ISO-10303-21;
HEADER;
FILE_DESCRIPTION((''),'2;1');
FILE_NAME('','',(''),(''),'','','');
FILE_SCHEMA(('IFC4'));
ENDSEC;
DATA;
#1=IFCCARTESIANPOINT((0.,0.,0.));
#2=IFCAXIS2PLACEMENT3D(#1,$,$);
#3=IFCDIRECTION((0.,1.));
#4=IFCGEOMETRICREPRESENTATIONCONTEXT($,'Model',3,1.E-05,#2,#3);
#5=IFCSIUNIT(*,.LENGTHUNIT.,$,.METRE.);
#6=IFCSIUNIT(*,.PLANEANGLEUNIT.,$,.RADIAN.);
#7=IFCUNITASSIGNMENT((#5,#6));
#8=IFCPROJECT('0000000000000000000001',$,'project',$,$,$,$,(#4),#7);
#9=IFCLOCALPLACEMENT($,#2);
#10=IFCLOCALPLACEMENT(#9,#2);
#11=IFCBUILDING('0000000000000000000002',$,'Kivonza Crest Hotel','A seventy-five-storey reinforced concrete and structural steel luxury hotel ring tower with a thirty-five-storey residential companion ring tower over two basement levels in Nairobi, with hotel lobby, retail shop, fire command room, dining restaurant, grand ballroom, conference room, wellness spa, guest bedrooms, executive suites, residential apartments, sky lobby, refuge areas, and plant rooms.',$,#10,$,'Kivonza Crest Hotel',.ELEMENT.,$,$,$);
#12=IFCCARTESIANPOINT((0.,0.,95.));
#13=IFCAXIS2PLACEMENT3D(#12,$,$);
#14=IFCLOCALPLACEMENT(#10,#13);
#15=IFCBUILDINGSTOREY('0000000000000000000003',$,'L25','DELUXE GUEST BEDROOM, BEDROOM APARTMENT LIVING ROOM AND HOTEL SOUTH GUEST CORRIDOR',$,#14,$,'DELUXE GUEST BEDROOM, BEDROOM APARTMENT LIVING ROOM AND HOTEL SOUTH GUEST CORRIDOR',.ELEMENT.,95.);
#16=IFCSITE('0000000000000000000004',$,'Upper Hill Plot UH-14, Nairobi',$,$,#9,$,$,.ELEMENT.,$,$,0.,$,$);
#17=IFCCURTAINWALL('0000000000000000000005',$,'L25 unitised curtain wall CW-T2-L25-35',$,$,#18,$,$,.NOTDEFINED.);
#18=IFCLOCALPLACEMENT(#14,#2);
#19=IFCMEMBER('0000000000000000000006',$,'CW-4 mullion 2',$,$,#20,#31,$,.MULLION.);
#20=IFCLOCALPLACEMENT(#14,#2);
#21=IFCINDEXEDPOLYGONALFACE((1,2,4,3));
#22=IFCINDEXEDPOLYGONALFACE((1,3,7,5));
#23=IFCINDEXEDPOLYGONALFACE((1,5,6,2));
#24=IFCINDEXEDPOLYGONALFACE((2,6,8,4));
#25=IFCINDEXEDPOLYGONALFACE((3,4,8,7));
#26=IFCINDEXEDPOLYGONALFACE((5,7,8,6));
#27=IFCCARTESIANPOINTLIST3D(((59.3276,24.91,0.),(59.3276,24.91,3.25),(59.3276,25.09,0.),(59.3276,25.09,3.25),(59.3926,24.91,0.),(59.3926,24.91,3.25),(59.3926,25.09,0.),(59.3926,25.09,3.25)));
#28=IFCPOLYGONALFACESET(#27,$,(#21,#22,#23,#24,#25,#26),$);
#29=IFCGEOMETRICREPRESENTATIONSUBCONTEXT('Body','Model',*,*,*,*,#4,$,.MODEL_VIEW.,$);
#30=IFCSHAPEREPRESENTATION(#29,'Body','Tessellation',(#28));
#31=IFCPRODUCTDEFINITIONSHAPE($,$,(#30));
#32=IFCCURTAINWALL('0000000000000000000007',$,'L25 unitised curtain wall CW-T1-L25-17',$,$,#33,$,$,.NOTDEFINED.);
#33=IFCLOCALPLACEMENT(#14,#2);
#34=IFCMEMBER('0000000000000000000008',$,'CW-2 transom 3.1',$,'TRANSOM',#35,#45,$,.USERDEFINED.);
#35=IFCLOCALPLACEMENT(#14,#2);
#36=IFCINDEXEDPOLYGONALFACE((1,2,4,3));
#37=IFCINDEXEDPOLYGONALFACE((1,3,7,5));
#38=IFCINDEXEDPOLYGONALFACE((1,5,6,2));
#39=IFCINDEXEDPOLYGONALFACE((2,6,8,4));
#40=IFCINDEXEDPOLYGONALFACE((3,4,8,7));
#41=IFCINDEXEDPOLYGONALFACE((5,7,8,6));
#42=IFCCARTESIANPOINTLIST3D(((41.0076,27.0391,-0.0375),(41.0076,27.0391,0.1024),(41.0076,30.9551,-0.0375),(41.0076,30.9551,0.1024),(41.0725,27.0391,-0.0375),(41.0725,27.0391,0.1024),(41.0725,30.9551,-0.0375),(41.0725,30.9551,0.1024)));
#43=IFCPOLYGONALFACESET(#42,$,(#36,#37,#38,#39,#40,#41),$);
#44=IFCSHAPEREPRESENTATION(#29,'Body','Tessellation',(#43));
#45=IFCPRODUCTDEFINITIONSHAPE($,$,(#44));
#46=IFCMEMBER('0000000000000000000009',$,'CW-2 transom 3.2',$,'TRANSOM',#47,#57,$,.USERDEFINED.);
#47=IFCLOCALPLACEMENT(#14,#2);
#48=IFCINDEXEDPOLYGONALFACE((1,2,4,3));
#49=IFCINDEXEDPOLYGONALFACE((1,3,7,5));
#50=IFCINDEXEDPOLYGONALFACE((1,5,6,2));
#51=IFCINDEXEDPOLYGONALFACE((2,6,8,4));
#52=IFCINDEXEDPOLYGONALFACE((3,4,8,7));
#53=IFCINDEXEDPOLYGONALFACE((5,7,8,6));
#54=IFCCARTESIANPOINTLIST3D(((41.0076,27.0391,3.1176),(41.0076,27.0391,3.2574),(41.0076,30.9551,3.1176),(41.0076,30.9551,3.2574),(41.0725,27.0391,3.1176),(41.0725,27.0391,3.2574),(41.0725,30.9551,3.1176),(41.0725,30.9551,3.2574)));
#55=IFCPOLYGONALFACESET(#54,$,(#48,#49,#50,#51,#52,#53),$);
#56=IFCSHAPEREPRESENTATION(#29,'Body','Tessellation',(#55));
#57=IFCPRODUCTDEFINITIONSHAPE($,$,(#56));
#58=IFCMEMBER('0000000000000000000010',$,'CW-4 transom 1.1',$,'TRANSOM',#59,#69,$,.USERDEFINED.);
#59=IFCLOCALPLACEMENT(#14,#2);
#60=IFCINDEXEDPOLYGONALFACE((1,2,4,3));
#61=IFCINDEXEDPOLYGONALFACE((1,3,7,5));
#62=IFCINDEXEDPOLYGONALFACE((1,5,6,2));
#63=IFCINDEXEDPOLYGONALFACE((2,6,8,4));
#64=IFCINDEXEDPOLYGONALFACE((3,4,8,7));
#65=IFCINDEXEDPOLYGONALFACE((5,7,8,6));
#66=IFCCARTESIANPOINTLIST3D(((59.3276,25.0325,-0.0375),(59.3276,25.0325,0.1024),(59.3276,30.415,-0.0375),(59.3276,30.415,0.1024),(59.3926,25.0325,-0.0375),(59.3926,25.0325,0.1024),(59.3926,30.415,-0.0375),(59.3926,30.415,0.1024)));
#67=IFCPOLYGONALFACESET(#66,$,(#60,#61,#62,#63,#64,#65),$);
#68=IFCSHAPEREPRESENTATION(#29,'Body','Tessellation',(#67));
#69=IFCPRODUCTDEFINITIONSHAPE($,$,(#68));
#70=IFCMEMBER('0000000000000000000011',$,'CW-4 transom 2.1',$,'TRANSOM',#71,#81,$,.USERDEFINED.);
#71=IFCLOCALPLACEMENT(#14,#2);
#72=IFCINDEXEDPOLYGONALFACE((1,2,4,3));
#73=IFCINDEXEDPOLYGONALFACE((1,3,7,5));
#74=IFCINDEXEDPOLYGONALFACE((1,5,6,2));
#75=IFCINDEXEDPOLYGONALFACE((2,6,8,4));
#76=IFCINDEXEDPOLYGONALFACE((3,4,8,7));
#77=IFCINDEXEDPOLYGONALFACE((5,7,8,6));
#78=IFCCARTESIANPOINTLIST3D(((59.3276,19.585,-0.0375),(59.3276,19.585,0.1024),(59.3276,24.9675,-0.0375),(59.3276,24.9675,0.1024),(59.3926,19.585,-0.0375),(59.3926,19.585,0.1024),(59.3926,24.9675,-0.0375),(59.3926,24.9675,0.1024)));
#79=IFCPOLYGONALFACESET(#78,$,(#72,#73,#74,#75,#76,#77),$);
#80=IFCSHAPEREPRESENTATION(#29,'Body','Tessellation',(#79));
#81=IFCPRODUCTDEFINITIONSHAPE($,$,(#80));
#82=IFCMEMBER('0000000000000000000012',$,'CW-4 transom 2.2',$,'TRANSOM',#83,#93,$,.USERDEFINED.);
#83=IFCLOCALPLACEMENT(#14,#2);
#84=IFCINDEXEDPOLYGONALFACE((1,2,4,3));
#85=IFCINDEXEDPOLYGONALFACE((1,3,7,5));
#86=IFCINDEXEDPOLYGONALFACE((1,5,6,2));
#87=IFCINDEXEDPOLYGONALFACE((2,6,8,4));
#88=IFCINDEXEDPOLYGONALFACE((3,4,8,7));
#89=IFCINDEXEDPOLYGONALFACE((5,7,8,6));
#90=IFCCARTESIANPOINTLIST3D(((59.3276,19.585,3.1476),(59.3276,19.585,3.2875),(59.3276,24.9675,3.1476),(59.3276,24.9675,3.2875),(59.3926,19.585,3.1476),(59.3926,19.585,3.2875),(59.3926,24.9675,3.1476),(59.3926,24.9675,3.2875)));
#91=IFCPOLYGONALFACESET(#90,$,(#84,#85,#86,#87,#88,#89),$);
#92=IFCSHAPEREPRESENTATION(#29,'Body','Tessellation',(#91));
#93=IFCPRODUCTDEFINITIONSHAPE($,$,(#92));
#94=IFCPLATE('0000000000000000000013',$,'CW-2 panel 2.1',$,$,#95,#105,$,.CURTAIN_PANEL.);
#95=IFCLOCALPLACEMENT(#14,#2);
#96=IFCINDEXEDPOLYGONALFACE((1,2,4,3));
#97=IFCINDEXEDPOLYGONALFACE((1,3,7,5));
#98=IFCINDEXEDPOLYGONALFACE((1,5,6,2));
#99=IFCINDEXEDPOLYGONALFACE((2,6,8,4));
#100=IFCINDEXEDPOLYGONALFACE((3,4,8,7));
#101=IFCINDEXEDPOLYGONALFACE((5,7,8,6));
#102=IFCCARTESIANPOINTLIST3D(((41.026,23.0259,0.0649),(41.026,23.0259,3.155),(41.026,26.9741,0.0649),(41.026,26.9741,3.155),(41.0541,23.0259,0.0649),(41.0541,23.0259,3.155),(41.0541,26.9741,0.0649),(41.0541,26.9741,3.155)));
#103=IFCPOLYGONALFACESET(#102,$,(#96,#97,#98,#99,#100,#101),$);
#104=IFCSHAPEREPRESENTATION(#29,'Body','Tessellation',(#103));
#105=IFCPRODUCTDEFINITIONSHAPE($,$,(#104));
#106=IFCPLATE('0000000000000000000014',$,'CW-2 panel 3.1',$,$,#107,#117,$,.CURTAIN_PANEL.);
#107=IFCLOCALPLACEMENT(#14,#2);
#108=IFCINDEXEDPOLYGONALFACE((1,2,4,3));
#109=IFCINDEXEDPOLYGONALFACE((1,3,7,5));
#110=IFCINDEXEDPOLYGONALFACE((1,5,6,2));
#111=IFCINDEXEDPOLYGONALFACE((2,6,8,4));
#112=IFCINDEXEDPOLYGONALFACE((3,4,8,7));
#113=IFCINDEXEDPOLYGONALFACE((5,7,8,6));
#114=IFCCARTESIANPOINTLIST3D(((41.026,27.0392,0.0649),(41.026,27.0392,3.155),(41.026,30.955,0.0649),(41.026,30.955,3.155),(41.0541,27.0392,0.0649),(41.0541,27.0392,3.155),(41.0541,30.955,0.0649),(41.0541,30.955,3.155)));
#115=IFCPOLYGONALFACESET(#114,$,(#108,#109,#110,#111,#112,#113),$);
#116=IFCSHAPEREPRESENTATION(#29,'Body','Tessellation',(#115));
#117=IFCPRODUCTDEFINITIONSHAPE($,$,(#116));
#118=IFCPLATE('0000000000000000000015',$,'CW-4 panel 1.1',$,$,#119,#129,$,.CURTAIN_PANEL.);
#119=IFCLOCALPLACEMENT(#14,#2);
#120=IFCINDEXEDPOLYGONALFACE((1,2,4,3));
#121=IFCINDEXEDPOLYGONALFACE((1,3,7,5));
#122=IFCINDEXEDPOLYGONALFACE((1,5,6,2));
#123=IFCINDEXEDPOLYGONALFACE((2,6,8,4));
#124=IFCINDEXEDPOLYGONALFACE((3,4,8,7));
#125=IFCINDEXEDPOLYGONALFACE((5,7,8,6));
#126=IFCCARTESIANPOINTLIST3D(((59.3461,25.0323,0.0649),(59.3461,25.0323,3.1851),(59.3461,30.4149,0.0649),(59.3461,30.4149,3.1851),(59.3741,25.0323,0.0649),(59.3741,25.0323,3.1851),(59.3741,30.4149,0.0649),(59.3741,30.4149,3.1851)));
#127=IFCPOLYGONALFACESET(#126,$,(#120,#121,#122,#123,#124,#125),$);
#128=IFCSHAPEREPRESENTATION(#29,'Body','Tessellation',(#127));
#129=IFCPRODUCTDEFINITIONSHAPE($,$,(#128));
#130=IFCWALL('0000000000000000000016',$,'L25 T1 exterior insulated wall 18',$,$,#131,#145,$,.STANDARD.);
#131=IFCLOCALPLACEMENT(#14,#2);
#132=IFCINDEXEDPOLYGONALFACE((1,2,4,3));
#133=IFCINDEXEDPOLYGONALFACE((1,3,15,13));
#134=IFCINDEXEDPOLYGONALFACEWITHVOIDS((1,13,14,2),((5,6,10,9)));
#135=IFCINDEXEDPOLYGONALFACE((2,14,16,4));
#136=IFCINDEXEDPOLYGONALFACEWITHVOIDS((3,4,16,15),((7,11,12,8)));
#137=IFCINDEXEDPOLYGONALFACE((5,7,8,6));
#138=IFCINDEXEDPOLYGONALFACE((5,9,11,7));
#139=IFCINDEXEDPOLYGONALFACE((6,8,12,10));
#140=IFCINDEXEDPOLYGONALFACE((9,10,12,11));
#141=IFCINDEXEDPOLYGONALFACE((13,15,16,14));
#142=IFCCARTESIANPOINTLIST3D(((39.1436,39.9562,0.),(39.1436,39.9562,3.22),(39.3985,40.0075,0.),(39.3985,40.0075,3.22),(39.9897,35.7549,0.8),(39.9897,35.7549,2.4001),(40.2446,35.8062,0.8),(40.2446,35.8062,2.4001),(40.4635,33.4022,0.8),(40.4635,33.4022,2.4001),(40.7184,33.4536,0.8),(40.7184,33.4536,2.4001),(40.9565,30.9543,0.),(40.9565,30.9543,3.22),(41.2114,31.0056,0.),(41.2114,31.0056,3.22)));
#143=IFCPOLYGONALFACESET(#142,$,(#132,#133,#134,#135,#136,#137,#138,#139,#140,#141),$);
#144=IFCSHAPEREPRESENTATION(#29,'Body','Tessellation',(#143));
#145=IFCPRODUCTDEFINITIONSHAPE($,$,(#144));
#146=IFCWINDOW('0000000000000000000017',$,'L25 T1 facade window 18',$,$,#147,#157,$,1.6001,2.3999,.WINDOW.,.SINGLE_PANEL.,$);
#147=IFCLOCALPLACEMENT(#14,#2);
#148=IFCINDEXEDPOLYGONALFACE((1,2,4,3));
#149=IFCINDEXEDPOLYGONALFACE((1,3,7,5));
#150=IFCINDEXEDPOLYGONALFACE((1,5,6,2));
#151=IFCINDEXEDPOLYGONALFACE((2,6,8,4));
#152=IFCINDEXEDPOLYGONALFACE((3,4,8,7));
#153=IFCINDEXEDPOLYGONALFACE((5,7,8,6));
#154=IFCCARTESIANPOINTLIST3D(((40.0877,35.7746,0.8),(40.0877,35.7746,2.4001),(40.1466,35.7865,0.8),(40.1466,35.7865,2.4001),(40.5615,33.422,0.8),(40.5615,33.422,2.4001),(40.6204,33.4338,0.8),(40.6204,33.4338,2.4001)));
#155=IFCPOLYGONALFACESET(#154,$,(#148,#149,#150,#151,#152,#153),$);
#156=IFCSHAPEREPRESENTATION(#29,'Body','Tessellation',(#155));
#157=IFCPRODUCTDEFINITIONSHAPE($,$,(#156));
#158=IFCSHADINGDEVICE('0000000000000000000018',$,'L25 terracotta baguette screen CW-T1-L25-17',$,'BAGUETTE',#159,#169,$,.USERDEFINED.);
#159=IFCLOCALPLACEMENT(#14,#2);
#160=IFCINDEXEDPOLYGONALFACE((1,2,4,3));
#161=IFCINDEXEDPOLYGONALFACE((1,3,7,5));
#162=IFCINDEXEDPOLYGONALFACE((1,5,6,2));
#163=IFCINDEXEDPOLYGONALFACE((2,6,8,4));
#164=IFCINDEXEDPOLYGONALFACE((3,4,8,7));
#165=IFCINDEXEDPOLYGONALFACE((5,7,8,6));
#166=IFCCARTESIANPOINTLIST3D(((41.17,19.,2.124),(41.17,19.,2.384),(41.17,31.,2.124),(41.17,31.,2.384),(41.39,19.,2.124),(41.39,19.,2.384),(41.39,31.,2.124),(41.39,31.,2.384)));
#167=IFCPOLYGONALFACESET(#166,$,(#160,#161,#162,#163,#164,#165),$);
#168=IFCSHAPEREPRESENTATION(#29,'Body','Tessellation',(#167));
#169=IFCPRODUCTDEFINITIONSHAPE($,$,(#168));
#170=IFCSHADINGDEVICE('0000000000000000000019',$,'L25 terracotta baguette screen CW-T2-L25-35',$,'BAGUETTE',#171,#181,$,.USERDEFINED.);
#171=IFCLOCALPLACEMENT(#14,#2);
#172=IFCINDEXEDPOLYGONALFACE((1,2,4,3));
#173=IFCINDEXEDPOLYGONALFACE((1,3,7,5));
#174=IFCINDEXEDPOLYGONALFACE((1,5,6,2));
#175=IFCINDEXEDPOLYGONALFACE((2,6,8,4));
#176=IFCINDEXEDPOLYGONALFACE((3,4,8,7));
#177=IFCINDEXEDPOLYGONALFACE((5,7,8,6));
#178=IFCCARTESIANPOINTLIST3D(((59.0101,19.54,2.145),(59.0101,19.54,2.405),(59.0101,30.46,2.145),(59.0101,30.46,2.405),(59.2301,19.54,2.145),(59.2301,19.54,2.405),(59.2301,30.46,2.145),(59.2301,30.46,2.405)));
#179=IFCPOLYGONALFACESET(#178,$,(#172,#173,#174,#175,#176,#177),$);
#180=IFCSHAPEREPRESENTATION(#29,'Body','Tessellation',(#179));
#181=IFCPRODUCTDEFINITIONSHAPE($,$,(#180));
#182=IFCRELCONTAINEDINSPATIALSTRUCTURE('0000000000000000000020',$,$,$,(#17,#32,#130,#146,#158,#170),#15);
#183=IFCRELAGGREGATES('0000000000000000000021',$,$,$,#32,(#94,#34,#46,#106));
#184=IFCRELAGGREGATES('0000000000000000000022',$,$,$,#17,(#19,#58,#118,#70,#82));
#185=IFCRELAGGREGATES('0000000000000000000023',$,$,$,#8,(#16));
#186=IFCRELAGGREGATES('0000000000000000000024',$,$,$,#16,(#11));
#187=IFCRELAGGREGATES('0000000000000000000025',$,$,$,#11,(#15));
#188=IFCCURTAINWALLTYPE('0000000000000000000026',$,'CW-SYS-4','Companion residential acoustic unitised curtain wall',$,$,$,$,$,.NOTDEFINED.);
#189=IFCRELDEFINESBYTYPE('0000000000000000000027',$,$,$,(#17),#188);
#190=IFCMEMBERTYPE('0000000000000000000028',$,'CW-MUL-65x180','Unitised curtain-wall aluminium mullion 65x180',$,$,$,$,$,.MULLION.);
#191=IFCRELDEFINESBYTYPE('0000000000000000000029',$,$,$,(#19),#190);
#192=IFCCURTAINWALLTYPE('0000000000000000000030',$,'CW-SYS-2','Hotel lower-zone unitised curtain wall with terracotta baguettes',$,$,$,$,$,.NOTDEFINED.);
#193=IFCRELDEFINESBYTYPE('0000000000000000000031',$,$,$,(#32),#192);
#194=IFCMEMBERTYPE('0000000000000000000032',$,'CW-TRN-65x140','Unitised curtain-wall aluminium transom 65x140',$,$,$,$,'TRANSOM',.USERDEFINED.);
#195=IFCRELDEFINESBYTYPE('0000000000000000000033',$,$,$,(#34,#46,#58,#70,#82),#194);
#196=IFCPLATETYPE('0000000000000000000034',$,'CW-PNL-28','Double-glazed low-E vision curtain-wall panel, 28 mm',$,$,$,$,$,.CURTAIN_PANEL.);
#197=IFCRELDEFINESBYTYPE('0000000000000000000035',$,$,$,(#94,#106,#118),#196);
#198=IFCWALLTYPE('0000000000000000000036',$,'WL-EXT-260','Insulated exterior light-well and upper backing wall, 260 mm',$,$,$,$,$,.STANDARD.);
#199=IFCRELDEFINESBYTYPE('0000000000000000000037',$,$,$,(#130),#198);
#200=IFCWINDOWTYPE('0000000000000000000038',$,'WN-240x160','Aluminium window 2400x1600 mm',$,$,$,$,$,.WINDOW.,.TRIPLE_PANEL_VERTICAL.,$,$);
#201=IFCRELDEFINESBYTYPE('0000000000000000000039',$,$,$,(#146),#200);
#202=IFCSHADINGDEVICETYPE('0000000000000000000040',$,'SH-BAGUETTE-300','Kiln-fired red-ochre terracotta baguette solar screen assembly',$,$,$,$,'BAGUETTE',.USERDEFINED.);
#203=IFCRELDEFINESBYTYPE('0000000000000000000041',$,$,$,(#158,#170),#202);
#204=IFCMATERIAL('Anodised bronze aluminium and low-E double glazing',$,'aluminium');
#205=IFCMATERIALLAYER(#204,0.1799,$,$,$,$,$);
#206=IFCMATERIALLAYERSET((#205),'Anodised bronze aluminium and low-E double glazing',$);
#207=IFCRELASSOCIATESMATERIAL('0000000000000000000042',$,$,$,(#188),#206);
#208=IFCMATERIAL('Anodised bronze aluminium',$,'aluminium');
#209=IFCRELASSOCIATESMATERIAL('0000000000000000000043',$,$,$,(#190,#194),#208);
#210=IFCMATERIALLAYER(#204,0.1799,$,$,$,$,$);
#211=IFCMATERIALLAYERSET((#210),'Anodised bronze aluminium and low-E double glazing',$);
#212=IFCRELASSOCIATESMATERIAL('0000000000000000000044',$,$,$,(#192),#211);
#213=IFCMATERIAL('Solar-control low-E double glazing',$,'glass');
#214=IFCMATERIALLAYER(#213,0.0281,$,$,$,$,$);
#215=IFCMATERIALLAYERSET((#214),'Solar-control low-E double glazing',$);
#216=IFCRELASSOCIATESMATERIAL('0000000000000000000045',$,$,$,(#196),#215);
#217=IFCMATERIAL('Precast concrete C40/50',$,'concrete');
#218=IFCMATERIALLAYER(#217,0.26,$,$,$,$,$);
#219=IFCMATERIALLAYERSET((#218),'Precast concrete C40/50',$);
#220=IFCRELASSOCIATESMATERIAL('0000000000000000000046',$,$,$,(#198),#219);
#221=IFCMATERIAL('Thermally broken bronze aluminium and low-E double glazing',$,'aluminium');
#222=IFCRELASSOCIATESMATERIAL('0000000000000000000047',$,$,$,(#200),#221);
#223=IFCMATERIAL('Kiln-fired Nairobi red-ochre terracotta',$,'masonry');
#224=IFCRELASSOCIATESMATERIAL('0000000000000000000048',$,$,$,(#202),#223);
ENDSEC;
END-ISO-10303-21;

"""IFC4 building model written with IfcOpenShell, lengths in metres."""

from ifc_helpers import new_model, si_unit, direction, frame, frame_2d, origin, origin_2d, place, context, subcontext, project, spatial, rectangle, extrude, material, layer, layer_set, material_profile, profile_set, type_object, element, fill, aggregate, save


model = new_model("IFC4")

# Units and contexts
model_context = context("Model", 3, precision=1e-05, world=origin(), true_north=direction((0.0, 1.0)))
body_context = subcontext(model_context, "Body", "Model", "MODEL_VIEW")
ifc_project = project(units=[si_unit("LENGTHUNIT", "METRE"), si_unit("PLANEANGLEUNIT", "RADIAN")], contexts=[model_context])

# Site, building, storey
site_placement = place(None, origin())
site = spatial("IfcSite", under=ifc_project, at=site_placement, Name="Upper Hill Plot UH-14, Nairobi", CompositionType="ELEMENT", RefElevation=0.0)
building_placement = place(site_placement, origin())
building = spatial("IfcBuilding", under=site, at=building_placement, Name="Kivonza Crest Hotel", Description="A seventy-five-storey reinforced concrete and structural steel luxury hotel ring tower with a thirty-five-storey residential companion ring tower over two basement levels in Nairobi, with hotel lobby, retail shop, fire command room, dining restaurant, grand ballroom, conference room, wellness spa, guest bedrooms, executive suites, residential apartments, sky lobby, refuge areas, and plant rooms.", LongName="Kivonza Crest Hotel", CompositionType="ELEMENT")
storey_placement = place(building_placement, frame((0.0, 0.0, 95.0)))
storey = spatial("IfcBuildingStorey", under=building, at=storey_placement, Name="L25", Description="DELUXE GUEST BEDROOM, BEDROOM APARTMENT LIVING ROOM AND HOTEL SOUTH GUEST CORRIDOR", LongName="DELUXE GUEST BEDROOM, BEDROOM APARTMENT LIVING ROOM AND HOTEL SOUTH GUEST CORRIDOR", CompositionType="ELEMENT", Elevation=95.0)

# Curtain wall, member
ifc_material_1 = material(Name="Anodised bronze aluminium and low-E double glazing", Category="aluminium")
ifc_layer_1 = layer(ifc_material_1, 0.1799)
ifc_layer_set_1 = layer_set([ifc_layer_1], Name="Anodised bronze aluminium and low-E double glazing")
curtain_wall_type_1 = type_object("IfcCurtainWallType", Name="CW-SYS-4", Description="Companion residential acoustic unitised curtain wall", PredefinedType="NOTDEFINED", material=ifc_layer_set_1)
curtain_wall_1_placement = place(storey_placement, origin())
curtain_wall_1 = element("IfcCurtainWall", 1, at=curtain_wall_1_placement, inside=storey, type_object=curtain_wall_type_1, Name="L25 unitised curtain wall CW-T2-L25-35", PredefinedType="NOTDEFINED")
ifc_material_2 = material(Name="Anodised bronze aluminium", Category="aluminium")
ifc_material_profile_1 = material_profile(ifc_material_2, rectangle(XDim=0.0649, YDim=0.1799, at=origin_2d()), Name="CW-M 65x180")
ifc_profile_set_1 = profile_set([ifc_material_profile_1], Name="Anodised bronze aluminium")
member_type_1 = type_object("IfcMemberType", Name="CW-MUL-65x180", Description="Unitised curtain-wall aluminium mullion 65x180", PredefinedType="MULLION", material=ifc_profile_set_1)
member_1_placement = place(storey_placement, frame((59.3601, 25.0, 0.0), z_axis=(0.0, 0.0, 1.0), x_axis=(1.0, 0.0, 0.0)))
member_1 = element("IfcMember", 2, at=member_1_placement, type_object=member_type_1, Name="CW-4 mullion 2", PredefinedType="MULLION", context=body_context, shape_type="SweptSolid", body=[
    extrude(rectangle(XDim=0.0649, YDim=0.1799, at=origin_2d()), origin(), (0.0, 0.0, 1.0), 3.25),
])

# Curtain wall, members
ifc_layer_2 = layer(ifc_material_1, 0.1799)
ifc_layer_set_2 = layer_set([ifc_layer_2], Name="Anodised bronze aluminium and low-E double glazing")
curtain_wall_type_2 = type_object("IfcCurtainWallType", Name="CW-SYS-2", Description="Hotel lower-zone unitised curtain wall with terracotta baguettes", PredefinedType="NOTDEFINED", material=ifc_layer_set_2)
curtain_wall_2_placement = place(storey_placement, origin())
curtain_wall_2 = element("IfcCurtainWall", 3, at=curtain_wall_2_placement, inside=storey, type_object=curtain_wall_type_2, Name="L25 unitised curtain wall CW-T1-L25-17", PredefinedType="NOTDEFINED")
ifc_material_profile_2 = material_profile(ifc_material_2, rectangle(XDim=0.0649, YDim=0.1399, at=origin_2d()), Name="CW-T 65x140")
ifc_profile_set_2 = profile_set([ifc_material_profile_2], Name="Anodised bronze aluminium")
member_type_2 = type_object("IfcMemberType", Name="CW-TRN-65x140", Description="Unitised curtain-wall aluminium transom 65x140", ElementType="TRANSOM", PredefinedType="USERDEFINED", material=ifc_profile_set_2)
member_2_placement = place(storey_placement, frame((41.04, 27.0391, 0.0325), z_axis=(0.0, 1.0, 0.0), x_axis=(-1.0, 0.0, 0.0)))
member_2 = element("IfcMember", 4, at=member_2_placement, type_object=member_type_2, Name="CW-2 transom 3.1", ObjectType="TRANSOM", PredefinedType="USERDEFINED", context=body_context, shape_type="SweptSolid", body=[
    extrude(rectangle(XDim=0.0649, YDim=0.1399, at=origin_2d()), origin(), (0.0, 0.0, 1.0), 3.916),
])
member_3_placement = place(storey_placement, frame((41.04, 27.0391, 3.1875), z_axis=(0.0, 1.0, 0.0), x_axis=(-1.0, 0.0, 0.0)))
member_3 = element("IfcMember", 5, at=member_3_placement, type_object=member_type_2, Name="CW-2 transom 3.2", ObjectType="TRANSOM", PredefinedType="USERDEFINED", context=body_context, shape_type="SweptSolid", body=[
    extrude(rectangle(XDim=0.0649, YDim=0.1399, at=origin_2d()), origin(), (0.0, 0.0, 1.0), 3.916),
])

# Members
member_4_placement = place(storey_placement, frame((59.3601, 30.415, 0.0325), z_axis=(0.0, -1.0, 0.0), x_axis=(1.0, 0.0, 0.0)))
member_4 = element("IfcMember", 6, at=member_4_placement, type_object=member_type_2, Name="CW-4 transom 1.1", ObjectType="TRANSOM", PredefinedType="USERDEFINED", context=body_context, shape_type="SweptSolid", body=[
    extrude(rectangle(XDim=0.0649, YDim=0.1399, at=origin_2d()), origin(), (0.0, 0.0, 1.0), 5.3826),
])
member_5_placement = place(storey_placement, frame((59.3601, 24.9675, 0.0325), z_axis=(0.0, -1.0, 0.0), x_axis=(1.0, 0.0, 0.0)))
member_5 = element("IfcMember", 7, at=member_5_placement, type_object=member_type_2, Name="CW-4 transom 2.1", ObjectType="TRANSOM", PredefinedType="USERDEFINED", context=body_context, shape_type="SweptSolid", body=[
    extrude(rectangle(XDim=0.0649, YDim=0.1399, at=origin_2d()), origin(), (0.0, 0.0, 1.0), 5.3826),
])
member_6_placement = place(storey_placement, frame((59.3601, 24.9675, 3.2175), z_axis=(0.0, -1.0, 0.0), x_axis=(1.0, 0.0, 0.0)))
member_6 = element("IfcMember", 8, at=member_6_placement, type_object=member_type_2, Name="CW-4 transom 2.2", ObjectType="TRANSOM", PredefinedType="USERDEFINED", context=body_context, shape_type="SweptSolid", body=[
    extrude(rectangle(XDim=0.0649, YDim=0.1399, at=origin_2d()), origin(), (0.0, 0.0, 1.0), 5.3826),
])

# Plates
ifc_material_3 = material(Name="Solar-control low-E double glazing", Category="glass")
ifc_layer_3 = layer(ifc_material_3, 0.0281)
ifc_layer_set_3 = layer_set([ifc_layer_3], Name="Solar-control low-E double glazing")
plate_type = type_object("IfcPlateType", Name="CW-PNL-28", Description="Double-glazed low-E vision curtain-wall panel, 28 mm", PredefinedType="CURTAIN_PANEL", material=ifc_layer_set_3)
plate_1_placement = place(storey_placement, frame((41.04, 25.0, 0.0649), z_axis=(0.0, 0.0, 1.0), x_axis=(0.0, 1.0, 0.0)))
plate_1 = element("IfcPlate", 9, at=plate_1_placement, type_object=plate_type, Name="CW-2 panel 2.1", PredefinedType="CURTAIN_PANEL", context=body_context, shape_type="SweptSolid", body=[
    extrude(rectangle(XDim=3.9482, YDim=0.0281, at=origin_2d()), origin(), (0.0, 0.0, 1.0), 3.0901),
])
plate_2_placement = place(storey_placement, frame((41.04, 28.9971, 0.0649), z_axis=(0.0, 0.0, 1.0), x_axis=(0.0, 1.0, 0.0)))
plate_2 = element("IfcPlate", 10, at=plate_2_placement, type_object=plate_type, Name="CW-2 panel 3.1", PredefinedType="CURTAIN_PANEL", context=body_context, shape_type="SweptSolid", body=[
    extrude(rectangle(XDim=3.9158, YDim=0.0281, at=origin_2d()), origin(), (0.0, 0.0, 1.0), 3.0901),
])
aggregate(curtain_wall_2, [plate_1, member_2, member_3, plate_2])
plate_3_placement = place(storey_placement, frame((59.3601, 27.7236, 0.0649), z_axis=(0.0, 0.0, 1.0), x_axis=(0.0, -1.0, 0.0)))
plate_3 = element("IfcPlate", 11, at=plate_3_placement, type_object=plate_type, Name="CW-4 panel 1.1", PredefinedType="CURTAIN_PANEL", context=body_context, shape_type="SweptSolid", body=[
    extrude(rectangle(XDim=5.3826, YDim=0.0281, at=origin_2d()), origin(), (0.0, 0.0, 1.0), 3.1201),
])
aggregate(curtain_wall_1, [member_1, member_4, plate_3, member_5, member_6])

# Wall, opening, window
ifc_material_4 = material(Name="Precast concrete C40/50", Category="concrete")
ifc_layer_4 = layer(ifc_material_4, 0.26)
ifc_layer_set_4 = layer_set([ifc_layer_4], Name="Precast concrete C40/50")
wall_type = type_object("IfcWallType", Name="WL-EXT-260", Description="Insulated exterior light-well and upper backing wall, 260 mm", PredefinedType="STANDARD", material=ifc_layer_set_4)
wall_placement = place(storey_placement, frame((41.084, 30.98, 0.0), z_axis=(0.0, 0.0, 1.0), x_axis=(-0.197435, 0.980316, 0.0)))
wall = element("IfcWall", 12, at=wall_placement, inside=storey, type_object=wall_type, Name="L25 T1 exterior insulated wall 18", PredefinedType="STANDARD", context=body_context, shape_type="SweptSolid", body=[
    extrude(rectangle(XDim=9.1826, YDim=0.26, at=frame_2d((4.5913, 0.0))), origin(), (0.0, 0.0, 1.0), 3.22),
])
opening_placement = place(wall_placement, frame((2.4971, 0.0, 0.8)))
opening = element("IfcOpeningElement", 13, at=opening_placement, cuts=wall, PredefinedType="OPENING", context=body_context, shape_type="SweptSolid", body=[
    extrude(rectangle(XDim=2.3999, YDim=1.6001, at=frame_2d((1.2, 0.8))), frame((0.0, 0.1401, 0.0), z_axis=(0.0, -1.0, 0.0), x_axis=(1.0, 0.0, 0.0)), (0.0, 0.0, 1.0), 0.28),
])
ifc_material_5 = material(Name="Thermally broken bronze aluminium and low-E double glazing", Category="aluminium")
window_type = type_object("IfcWindowType", Name="WN-240x160", Description="Aluminium window 2400x1600 mm", PartitioningType="TRIPLE_PANEL_VERTICAL", PredefinedType="WINDOW", material=ifc_material_5)
window_placement = place(opening_placement, origin())
window = element("IfcWindow", 14, at=window_placement, inside=storey, type_object=window_type, Name="L25 T1 facade window 18", OverallHeight=1.6001, OverallWidth=2.3999, PartitioningType="SINGLE_PANEL", PredefinedType="WINDOW", context=body_context, shape_type="SweptSolid", body=[
    extrude(rectangle(XDim=2.3999, YDim=1.6001, at=frame_2d((1.2, 0.8))), frame((0.0, 0.03, 0.0), z_axis=(0.0, -1.0, 0.0), x_axis=(1.0, 0.0, 0.0)), (0.0, 0.0, 1.0), 0.0601),
])
fill(opening, window)

# Shading devices
ifc_material_6 = material(Name="Kiln-fired Nairobi red-ochre terracotta", Category="masonry")
shading_device_type_1 = type_object("IfcShadingDeviceType", Name="SH-BAGUETTE-300", Description="Kiln-fired red-ochre terracotta baguette solar screen assembly", ElementType="BAGUETTE", PredefinedType="USERDEFINED", material=ifc_material_6)
shading_device_1_placement = place(storey_placement, frame((41.28, 25.0, 2.124), z_axis=(0.0, 0.0, 1.0), x_axis=(0.0, 1.0, 0.0)))
element("IfcShadingDevice", 15, at=shading_device_1_placement, inside=storey, type_object=shading_device_type_1, Name="L25 terracotta baguette screen CW-T1-L25-17", ObjectType="BAGUETTE", PredefinedType="USERDEFINED", context=body_context, shape_type="SweptSolid", body=[
    extrude(rectangle(XDim=12.0, YDim=0.22, at=origin_2d()), origin(), (0.0, 0.0, 1.0), 0.26),
])
shading_device_2_placement = place(storey_placement, frame((59.1201, 25.0, 2.145), z_axis=(0.0, 0.0, 1.0), x_axis=(0.0, -1.0, 0.0)))
element("IfcShadingDevice", 16, at=shading_device_2_placement, inside=storey, type_object=shading_device_type_1, Name="L25 terracotta baguette screen CW-T2-L25-35", ObjectType="BAGUETTE", PredefinedType="USERDEFINED", context=body_context, shape_type="SweptSolid", body=[
    extrude(rectangle(XDim=10.9199, YDim=0.22, at=origin_2d()), origin(), (0.0, 0.0, 1.0), 0.26),
])

save(model, "model.ifc")
